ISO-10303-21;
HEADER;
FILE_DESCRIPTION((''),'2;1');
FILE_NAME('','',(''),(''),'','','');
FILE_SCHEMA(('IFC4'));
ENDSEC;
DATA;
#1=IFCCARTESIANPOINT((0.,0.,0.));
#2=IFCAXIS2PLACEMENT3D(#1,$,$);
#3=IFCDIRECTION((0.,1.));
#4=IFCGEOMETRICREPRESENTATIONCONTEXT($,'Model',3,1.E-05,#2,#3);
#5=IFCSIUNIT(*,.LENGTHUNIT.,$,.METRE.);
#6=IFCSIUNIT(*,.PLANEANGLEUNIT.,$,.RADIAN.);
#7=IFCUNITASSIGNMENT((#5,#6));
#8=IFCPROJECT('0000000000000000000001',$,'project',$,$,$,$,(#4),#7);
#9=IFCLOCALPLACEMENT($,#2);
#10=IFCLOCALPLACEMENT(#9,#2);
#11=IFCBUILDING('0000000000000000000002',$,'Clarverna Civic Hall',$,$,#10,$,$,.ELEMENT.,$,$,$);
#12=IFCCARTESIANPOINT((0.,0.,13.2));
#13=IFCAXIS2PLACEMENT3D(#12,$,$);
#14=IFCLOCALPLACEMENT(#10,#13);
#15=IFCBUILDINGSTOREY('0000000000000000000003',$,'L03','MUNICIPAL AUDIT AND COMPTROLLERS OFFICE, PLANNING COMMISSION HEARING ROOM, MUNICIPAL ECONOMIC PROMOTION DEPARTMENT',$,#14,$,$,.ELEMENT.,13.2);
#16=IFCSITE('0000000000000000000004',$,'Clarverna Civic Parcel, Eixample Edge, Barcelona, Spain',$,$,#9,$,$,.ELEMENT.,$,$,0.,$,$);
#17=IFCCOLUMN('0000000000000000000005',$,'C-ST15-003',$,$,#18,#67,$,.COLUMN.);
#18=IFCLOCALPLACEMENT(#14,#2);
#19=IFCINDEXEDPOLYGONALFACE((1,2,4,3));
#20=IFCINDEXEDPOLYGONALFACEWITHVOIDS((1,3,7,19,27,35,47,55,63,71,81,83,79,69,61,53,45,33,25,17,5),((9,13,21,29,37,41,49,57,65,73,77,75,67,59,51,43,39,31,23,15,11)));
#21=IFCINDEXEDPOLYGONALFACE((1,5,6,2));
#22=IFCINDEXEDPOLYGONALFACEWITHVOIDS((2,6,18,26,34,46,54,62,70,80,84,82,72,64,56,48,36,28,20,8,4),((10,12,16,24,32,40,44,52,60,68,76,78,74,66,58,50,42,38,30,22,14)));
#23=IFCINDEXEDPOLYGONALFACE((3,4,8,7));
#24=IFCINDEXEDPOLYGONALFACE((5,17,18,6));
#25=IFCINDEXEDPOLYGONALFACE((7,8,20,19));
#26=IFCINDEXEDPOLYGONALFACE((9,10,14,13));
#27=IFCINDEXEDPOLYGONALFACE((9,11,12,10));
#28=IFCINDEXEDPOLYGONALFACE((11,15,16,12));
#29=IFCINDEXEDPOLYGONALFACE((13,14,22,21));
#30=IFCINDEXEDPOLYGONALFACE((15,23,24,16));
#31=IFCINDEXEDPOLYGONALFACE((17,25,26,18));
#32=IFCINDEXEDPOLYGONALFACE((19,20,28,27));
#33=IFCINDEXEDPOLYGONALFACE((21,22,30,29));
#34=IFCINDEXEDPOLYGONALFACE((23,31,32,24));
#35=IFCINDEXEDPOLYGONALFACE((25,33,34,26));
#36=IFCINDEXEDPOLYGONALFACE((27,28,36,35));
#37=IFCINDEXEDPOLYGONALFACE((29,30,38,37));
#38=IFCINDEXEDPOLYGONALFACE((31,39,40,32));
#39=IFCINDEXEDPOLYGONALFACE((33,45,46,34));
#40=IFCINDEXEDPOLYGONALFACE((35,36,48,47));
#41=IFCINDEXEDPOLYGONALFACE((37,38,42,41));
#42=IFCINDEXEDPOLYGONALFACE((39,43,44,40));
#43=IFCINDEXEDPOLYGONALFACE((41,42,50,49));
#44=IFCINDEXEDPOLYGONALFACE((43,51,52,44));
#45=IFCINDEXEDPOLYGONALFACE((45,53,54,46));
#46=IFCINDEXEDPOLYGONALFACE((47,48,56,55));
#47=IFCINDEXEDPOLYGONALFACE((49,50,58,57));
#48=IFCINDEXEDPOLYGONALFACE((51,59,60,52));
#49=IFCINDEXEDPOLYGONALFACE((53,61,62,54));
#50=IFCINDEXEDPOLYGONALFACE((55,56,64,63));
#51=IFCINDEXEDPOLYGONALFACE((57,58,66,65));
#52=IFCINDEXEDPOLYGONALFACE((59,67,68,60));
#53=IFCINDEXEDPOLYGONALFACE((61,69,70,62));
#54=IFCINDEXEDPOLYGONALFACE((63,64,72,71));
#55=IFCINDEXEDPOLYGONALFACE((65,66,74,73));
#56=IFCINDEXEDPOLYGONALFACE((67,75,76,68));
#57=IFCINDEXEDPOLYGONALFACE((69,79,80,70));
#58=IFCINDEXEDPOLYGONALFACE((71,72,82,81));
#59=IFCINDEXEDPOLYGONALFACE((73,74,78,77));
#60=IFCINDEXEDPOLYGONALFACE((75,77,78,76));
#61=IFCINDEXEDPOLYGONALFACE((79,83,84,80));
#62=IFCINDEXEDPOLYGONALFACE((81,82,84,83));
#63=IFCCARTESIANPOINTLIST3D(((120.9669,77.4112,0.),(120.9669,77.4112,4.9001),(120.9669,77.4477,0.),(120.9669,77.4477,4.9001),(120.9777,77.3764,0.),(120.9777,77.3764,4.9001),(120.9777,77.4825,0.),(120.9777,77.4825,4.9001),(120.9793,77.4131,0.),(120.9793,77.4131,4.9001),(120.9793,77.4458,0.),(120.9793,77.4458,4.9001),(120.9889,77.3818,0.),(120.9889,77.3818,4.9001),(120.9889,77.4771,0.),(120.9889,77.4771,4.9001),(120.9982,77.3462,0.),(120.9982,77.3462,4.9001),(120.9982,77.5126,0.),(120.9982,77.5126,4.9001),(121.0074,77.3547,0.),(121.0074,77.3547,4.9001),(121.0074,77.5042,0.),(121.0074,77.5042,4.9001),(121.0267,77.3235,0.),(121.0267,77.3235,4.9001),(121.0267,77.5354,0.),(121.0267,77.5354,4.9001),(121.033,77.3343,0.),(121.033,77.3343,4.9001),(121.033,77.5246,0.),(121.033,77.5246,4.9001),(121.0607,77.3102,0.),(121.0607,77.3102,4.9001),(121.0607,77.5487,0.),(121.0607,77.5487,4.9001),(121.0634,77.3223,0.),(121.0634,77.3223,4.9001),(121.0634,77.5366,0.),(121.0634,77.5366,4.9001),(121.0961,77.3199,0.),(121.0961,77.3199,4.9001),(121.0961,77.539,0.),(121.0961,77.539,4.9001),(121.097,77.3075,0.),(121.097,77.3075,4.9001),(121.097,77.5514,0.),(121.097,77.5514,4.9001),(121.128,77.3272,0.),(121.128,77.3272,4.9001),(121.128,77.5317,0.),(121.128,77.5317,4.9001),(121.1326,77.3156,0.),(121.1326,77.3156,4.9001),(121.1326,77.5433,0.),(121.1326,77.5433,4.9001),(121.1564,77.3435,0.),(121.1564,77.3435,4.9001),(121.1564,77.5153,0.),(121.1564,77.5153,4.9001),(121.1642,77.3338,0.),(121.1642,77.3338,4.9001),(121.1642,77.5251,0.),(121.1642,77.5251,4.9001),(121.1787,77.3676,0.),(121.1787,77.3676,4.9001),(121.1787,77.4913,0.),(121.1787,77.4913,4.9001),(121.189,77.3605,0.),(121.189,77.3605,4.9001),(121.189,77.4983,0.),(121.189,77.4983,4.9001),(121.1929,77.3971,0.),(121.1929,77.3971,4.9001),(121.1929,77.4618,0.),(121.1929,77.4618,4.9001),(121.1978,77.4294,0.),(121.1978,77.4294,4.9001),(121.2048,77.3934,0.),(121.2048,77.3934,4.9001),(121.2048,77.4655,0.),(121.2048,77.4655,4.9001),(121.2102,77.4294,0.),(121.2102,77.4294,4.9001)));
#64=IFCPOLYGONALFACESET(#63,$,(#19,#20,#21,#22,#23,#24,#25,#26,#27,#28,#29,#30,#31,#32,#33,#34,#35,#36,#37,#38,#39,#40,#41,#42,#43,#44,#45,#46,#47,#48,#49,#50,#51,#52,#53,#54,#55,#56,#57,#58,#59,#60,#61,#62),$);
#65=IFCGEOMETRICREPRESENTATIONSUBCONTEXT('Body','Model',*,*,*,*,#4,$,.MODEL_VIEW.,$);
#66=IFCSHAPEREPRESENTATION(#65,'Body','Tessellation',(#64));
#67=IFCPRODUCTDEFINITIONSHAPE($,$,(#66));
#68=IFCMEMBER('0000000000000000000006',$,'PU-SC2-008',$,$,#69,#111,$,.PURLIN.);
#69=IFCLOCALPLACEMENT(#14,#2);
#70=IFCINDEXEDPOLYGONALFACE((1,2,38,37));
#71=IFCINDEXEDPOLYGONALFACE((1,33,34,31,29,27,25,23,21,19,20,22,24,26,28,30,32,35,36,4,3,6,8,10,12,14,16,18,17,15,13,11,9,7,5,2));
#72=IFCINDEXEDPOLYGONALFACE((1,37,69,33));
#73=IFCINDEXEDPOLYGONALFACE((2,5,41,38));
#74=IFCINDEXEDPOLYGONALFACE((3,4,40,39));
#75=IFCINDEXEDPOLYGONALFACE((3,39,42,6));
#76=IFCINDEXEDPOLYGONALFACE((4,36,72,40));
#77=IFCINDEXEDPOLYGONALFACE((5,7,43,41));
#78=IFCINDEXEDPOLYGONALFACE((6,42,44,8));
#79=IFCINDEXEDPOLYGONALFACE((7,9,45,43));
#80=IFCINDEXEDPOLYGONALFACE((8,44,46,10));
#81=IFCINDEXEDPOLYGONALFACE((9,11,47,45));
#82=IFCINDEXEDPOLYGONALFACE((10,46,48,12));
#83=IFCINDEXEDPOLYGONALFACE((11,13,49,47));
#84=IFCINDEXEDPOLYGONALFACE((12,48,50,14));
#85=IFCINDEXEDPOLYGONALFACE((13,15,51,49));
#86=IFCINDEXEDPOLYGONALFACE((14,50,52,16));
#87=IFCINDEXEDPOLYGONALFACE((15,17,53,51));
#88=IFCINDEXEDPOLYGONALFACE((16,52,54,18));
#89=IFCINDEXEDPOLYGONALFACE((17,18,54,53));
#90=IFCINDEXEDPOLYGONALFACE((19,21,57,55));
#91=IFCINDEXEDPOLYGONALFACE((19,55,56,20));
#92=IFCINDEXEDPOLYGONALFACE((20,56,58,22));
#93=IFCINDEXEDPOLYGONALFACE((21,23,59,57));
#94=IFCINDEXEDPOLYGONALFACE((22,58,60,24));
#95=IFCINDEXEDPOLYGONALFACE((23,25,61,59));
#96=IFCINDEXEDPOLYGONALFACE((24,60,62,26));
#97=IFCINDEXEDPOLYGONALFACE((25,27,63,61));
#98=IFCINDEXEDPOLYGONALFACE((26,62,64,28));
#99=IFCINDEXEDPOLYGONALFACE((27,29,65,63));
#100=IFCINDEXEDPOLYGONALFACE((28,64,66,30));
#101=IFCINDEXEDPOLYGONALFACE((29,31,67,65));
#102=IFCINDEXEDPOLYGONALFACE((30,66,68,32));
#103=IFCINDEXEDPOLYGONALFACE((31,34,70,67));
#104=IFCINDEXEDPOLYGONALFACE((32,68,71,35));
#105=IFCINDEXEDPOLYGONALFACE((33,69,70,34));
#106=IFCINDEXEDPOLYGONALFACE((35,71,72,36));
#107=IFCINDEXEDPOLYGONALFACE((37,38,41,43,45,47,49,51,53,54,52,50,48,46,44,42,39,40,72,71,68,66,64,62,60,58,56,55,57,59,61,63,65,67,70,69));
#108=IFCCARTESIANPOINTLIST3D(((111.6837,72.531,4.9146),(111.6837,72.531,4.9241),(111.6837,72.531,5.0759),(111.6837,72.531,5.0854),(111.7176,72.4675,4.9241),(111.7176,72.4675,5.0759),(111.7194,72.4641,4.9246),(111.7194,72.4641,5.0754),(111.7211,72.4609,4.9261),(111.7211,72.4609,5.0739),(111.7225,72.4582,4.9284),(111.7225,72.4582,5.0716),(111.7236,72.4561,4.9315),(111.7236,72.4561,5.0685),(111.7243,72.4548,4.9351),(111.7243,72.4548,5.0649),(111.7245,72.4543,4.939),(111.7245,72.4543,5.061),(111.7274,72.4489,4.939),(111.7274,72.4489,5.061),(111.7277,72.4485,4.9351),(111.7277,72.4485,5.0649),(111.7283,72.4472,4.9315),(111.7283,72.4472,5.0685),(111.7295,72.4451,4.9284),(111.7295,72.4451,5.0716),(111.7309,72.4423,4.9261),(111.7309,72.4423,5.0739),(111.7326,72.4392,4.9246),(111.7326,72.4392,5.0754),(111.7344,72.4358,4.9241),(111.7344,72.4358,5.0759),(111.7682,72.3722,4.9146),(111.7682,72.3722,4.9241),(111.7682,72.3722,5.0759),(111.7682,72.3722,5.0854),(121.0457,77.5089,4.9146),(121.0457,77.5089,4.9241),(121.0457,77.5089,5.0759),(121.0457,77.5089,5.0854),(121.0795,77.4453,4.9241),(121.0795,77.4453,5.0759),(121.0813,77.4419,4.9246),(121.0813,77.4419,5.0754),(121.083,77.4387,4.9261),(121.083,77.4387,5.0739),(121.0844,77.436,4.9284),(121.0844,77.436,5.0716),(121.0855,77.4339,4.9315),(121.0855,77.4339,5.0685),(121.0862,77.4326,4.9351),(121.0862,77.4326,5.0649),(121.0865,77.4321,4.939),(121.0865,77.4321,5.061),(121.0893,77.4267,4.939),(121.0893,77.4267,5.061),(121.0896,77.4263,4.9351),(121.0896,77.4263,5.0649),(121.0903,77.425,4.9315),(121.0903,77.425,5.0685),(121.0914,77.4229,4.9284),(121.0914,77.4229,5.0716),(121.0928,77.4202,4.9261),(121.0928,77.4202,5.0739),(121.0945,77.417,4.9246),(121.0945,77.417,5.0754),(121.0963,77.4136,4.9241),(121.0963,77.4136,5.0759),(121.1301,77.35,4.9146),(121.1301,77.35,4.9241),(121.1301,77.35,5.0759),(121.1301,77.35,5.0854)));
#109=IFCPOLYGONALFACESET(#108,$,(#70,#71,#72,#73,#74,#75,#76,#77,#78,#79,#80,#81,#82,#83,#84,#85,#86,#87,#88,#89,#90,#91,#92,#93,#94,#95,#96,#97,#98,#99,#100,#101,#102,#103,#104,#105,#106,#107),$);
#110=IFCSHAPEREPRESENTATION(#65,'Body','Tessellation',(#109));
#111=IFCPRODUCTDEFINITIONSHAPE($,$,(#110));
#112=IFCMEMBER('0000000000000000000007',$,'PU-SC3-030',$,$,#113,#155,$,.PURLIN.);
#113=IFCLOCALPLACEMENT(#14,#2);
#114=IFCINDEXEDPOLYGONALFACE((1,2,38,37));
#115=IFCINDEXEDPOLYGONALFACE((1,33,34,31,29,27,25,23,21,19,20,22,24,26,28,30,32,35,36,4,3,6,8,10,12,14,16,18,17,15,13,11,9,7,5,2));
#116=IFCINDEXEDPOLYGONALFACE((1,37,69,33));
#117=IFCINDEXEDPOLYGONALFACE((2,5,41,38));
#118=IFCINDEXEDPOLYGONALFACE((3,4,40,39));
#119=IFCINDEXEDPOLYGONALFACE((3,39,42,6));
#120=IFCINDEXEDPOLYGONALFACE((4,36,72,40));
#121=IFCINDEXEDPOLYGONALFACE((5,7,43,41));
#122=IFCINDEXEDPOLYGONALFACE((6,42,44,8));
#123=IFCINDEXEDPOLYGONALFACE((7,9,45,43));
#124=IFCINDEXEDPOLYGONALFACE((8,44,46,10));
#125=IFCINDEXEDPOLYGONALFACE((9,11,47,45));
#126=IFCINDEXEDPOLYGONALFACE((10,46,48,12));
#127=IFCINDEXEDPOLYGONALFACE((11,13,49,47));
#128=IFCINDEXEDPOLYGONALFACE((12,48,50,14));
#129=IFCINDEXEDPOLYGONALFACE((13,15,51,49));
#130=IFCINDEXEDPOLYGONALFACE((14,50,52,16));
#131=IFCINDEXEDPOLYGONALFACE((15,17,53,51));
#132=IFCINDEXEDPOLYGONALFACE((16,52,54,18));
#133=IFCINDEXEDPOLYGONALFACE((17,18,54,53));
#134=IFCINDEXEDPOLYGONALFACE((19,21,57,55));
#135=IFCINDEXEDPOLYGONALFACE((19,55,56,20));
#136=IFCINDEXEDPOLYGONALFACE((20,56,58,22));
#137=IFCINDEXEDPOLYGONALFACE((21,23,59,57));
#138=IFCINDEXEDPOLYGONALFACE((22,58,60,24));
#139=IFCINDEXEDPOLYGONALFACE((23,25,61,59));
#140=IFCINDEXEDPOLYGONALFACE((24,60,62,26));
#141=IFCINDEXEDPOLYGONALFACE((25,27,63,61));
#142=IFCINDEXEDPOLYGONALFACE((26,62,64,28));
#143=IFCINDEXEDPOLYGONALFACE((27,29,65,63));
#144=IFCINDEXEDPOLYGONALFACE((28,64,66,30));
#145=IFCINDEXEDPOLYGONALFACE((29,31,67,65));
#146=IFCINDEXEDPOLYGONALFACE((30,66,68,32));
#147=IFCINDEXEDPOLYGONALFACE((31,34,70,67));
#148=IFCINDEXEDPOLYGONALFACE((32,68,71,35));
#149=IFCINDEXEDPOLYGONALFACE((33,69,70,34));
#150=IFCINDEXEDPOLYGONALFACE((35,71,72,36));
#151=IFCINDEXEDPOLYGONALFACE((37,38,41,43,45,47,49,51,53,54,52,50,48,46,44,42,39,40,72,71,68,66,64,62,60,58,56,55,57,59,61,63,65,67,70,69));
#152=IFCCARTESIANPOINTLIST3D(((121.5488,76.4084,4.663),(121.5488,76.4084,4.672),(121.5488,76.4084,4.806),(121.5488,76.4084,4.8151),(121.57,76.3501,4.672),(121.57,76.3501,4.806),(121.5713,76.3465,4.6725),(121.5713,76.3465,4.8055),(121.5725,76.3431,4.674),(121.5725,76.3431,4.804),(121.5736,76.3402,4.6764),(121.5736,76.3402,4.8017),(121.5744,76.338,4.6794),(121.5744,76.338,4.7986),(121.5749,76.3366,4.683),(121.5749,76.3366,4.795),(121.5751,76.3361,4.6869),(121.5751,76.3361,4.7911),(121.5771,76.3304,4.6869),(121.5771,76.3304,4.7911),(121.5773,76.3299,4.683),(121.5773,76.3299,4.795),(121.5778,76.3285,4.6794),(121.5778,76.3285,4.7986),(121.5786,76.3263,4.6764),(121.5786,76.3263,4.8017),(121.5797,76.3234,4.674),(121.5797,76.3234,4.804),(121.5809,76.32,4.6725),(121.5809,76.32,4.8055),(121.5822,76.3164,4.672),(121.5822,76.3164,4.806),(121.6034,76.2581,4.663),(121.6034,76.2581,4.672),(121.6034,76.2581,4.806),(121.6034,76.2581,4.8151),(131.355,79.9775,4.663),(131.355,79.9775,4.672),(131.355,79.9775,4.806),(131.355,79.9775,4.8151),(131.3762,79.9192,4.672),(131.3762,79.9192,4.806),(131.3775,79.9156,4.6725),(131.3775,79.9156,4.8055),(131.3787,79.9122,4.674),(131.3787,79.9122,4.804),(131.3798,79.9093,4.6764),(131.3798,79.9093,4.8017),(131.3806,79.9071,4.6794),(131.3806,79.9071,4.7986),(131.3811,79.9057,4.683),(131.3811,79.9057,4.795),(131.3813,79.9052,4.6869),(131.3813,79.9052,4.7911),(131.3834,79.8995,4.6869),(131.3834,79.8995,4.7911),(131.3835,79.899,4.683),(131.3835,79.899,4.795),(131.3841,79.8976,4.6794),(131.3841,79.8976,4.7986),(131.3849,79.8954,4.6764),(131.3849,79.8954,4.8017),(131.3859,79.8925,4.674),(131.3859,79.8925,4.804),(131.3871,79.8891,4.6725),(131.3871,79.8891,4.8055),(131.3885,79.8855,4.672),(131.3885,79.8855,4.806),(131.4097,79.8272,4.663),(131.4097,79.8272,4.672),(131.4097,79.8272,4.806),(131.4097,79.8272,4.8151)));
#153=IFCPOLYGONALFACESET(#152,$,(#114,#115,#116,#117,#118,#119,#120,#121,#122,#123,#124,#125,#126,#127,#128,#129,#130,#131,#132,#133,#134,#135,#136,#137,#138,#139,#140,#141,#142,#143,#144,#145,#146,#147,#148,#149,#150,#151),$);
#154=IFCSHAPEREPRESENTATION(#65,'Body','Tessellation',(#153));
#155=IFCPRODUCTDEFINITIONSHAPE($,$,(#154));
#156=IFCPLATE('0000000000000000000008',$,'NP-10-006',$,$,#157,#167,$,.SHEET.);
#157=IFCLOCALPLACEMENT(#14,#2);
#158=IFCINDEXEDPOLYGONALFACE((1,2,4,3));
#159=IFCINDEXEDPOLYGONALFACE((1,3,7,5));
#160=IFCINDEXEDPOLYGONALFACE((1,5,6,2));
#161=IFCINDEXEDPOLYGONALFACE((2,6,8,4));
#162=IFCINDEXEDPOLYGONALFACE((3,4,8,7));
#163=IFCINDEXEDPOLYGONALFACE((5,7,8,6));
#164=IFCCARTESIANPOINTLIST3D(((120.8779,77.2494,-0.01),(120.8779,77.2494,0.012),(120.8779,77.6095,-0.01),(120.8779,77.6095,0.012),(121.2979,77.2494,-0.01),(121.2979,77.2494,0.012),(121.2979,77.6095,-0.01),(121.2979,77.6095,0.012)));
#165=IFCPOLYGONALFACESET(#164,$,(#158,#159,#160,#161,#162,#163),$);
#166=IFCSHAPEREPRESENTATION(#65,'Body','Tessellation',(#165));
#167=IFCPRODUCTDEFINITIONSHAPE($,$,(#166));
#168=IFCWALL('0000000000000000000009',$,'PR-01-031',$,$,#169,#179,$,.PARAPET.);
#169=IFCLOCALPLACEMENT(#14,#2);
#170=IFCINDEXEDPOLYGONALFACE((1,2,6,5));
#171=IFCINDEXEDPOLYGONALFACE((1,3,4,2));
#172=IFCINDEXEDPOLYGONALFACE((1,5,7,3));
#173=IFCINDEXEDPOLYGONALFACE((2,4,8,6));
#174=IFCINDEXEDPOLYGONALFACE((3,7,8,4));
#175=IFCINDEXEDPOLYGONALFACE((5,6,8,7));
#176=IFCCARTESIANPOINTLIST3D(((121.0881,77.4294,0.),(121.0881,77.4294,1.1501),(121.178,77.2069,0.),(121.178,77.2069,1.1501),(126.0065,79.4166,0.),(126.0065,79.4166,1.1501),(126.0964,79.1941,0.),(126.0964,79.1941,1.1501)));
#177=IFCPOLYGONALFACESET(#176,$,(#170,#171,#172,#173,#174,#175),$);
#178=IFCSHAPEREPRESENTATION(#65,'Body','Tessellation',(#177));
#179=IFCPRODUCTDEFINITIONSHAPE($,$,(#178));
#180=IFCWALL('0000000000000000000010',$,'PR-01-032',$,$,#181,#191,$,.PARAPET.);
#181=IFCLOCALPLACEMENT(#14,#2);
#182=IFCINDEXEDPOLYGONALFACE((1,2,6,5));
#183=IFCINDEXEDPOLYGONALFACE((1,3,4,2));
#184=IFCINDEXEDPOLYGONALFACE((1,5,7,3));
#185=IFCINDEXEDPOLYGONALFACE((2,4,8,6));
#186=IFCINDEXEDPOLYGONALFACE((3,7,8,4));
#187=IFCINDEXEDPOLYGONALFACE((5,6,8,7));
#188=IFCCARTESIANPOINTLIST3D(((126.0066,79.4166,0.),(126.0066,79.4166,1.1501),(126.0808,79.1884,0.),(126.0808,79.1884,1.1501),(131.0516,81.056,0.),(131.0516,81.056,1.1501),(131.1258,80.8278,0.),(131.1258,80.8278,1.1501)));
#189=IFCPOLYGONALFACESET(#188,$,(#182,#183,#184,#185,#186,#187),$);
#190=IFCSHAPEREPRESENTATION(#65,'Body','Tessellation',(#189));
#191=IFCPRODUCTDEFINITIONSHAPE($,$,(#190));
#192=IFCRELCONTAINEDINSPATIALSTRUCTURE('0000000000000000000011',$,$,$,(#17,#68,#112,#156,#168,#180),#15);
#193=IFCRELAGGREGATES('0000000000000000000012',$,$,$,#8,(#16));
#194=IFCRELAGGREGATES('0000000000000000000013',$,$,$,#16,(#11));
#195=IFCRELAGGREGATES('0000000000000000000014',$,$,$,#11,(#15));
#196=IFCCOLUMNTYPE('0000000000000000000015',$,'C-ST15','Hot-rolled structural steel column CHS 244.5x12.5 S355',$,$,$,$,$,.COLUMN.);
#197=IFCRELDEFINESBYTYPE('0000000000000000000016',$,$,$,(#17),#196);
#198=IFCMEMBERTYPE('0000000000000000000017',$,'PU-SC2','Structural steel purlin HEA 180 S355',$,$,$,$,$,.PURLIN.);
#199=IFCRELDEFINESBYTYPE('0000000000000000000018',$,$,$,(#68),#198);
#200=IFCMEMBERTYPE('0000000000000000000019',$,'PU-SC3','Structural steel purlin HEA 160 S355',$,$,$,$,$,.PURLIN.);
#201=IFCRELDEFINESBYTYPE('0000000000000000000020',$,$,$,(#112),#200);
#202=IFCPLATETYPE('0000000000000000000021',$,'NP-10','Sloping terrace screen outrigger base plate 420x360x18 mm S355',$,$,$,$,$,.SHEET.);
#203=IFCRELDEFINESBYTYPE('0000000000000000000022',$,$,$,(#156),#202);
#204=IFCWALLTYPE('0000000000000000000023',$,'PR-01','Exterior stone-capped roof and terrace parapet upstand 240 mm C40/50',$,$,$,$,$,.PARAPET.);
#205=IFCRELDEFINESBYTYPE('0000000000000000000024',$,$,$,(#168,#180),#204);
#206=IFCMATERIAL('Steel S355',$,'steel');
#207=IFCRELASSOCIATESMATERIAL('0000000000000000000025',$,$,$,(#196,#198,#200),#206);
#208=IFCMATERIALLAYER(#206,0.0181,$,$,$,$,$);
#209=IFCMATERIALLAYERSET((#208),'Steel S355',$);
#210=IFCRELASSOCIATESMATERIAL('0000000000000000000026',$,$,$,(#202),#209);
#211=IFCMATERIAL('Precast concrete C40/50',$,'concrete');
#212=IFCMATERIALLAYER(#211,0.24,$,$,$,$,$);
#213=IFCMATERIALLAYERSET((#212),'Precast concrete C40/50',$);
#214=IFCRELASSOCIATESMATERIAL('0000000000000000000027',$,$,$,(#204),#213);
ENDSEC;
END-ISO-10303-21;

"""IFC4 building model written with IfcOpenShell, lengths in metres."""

from ifc_helpers import new_model, si_unit, direction, frame, frame_2d, origin, origin_2d, place, context, subcontext, project, spatial, rectangle, hollow_circle, i_section, extrude, material, layer, layer_set, material_profile, profile_set, type_object, element, save


model = new_model("IFC4")

# Units and contexts
model_context = context("Model", 3, precision=1e-05, world=origin(), true_north=direction((0.0, 1.0)))
body_context = subcontext(model_context, "Body", "Model", "MODEL_VIEW")
ifc_project = project(units=[si_unit("LENGTHUNIT", "METRE"), si_unit("PLANEANGLEUNIT", "RADIAN")], contexts=[model_context])

# Site, building, storey
site_placement = place(None, origin())
site = spatial("IfcSite", under=ifc_project, at=site_placement, Name="Clarverna Civic Parcel, Eixample Edge, Barcelona, Spain", CompositionType="ELEMENT", RefElevation=0.0)
building_placement = place(site_placement, origin())
building = spatial("IfcBuilding", under=site, at=building_placement, Name="Clarverna Civic Hall", CompositionType="ELEMENT")
storey_placement = place(building_placement, frame((0.0, 0.0, 13.2)))
storey = spatial("IfcBuildingStorey", under=building, at=storey_placement, Name="L03", Description="MUNICIPAL AUDIT AND COMPTROLLERS OFFICE, PLANNING COMMISSION HEARING ROOM, MUNICIPAL ECONOMIC PROMOTION DEPARTMENT", CompositionType="ELEMENT", Elevation=13.2)

# Column
ifc_material_1 = material(Name="Steel S355", Category="steel")
ifc_material_profile_1 = material_profile(ifc_material_1, hollow_circle(Radius=0.1223, WallThickness=0.0125, at=origin_2d()), Name="CHS 244.5x12.5")
ifc_profile_set_1 = profile_set([ifc_material_profile_1], Name="Steel S355")
column_type = type_object("IfcColumnType", Name="C-ST15", Description="Hot-rolled structural steel column CHS 244.5x12.5 S355", PredefinedType="COLUMN", material=ifc_profile_set_1)
column_placement = place(storey_placement, frame((121.0879, 77.4294, 0.0), z_axis=(0.0, 0.0, 1.0), x_axis=(1.0, 0.0, 0.0)))
element("IfcColumn", 1, at=column_placement, inside=storey, type_object=column_type, Name="C-ST15-003", PredefinedType="COLUMN", context=body_context, shape_type="SweptSolid", body=[
    extrude(hollow_circle(Radius=0.1223, WallThickness=0.0125, at=origin_2d()), origin(), (0.0, 0.0, 1.0), 4.9001),
])

# Members
ifc_material_profile_2 = material_profile(ifc_material_1, i_section(OverallWidth=0.1799, OverallDepth=0.1709, WebThickness=0.0061, FlangeThickness=0.0095, FilletRadius=0.0149, at=origin_2d()), Name="HEA 180")
ifc_profile_set_2 = profile_set([ifc_material_profile_2], Name="Steel S355")
member_type_1 = type_object("IfcMemberType", Name="PU-SC2", Description="Structural steel purlin HEA 180 S355", PredefinedType="PURLIN", material=ifc_profile_set_2)
member_1_placement = place(storey_placement, frame((121.0879, 77.4294, 5.0), z_axis=(-0.882947, -0.469473, 0.0), x_axis=(0.469473, -0.882947, 0.0)))
element("IfcMember", 2, at=member_1_placement, inside=storey, type_object=member_type_1, Name="PU-SC2-008", PredefinedType="PURLIN", context=body_context, shape_type="SweptSolid", body=[
    extrude(i_section(OverallWidth=0.1799, OverallDepth=0.1709, WebThickness=0.0061, FlangeThickness=0.0095, FilletRadius=0.0149, at=origin_2d()), origin(), (0.0, 0.0, 1.0), 10.603),
])
ifc_material_profile_3 = material_profile(ifc_material_1, i_section(OverallWidth=0.1599, OverallDepth=0.1521, WebThickness=0.0061, FlangeThickness=0.009, FilletRadius=0.0149, at=origin_2d()), Name="HEA 160")
ifc_profile_set_3 = profile_set([ifc_material_profile_3], Name="Steel S355")
member_type_2 = type_object("IfcMemberType", Name="PU-SC3", Description="Structural steel purlin HEA 160 S355", PredefinedType="PURLIN", material=ifc_profile_set_3)
member_2_placement = place(storey_placement, frame((131.3823, 79.9023, 4.739), z_axis=(-0.939694, -0.342015, 0.0), x_axis=(0.342015, -0.939694, 0.0)))
element("IfcMember", 3, at=member_2_placement, inside=storey, type_object=member_type_2, Name="PU-SC3-030", PredefinedType="PURLIN", context=body_context, shape_type="SweptSolid", body=[
    extrude(i_section(OverallWidth=0.1599, OverallDepth=0.1521, WebThickness=0.0061, FlangeThickness=0.009, FilletRadius=0.0149, at=origin_2d()), origin(), (0.0, 0.0, 1.0), 10.4355),
])

# Plate
ifc_layer_1 = layer(ifc_material_1, 0.0181)
ifc_layer_set_1 = layer_set([ifc_layer_1], Name="Steel S355")
plate_type = type_object("IfcPlateType", Name="NP-10", Description="Sloping terrace screen outrigger base plate 420x360x18 mm S355", PredefinedType="SHEET", material=ifc_layer_set_1)
plate_placement = place(storey_placement, frame((121.0879, 77.4294, -0.01), z_axis=(0.0, 0.0, 1.0), x_axis=(1.0, 0.0, 0.0)))
element("IfcPlate", 4, at=plate_placement, inside=storey, type_object=plate_type, Name="NP-10-006", PredefinedType="SHEET", context=body_context, shape_type="SweptSolid", body=[
    extrude(rectangle(XDim=0.4199, YDim=0.3601, at=origin_2d()), origin(), (0.0, 0.0, 1.0), 0.022),
])

# Walls
ifc_material_2 = material(Name="Precast concrete C40/50", Category="concrete")
ifc_layer_2 = layer(ifc_material_2, 0.24)
ifc_layer_set_2 = layer_set([ifc_layer_2], Name="Precast concrete C40/50")
wall_type = type_object("IfcWallType", Name="PR-01", Description="Exterior stone-capped roof and terrace parapet upstand 240 mm C40/50", PredefinedType="PARAPET", material=ifc_layer_set_2)
for number, where, z_axis, x_axis, name in (
    (5, (121.1331, 77.3181, 0.0), (0.0, 0.0, 1.0), (0.927176, 0.374626, 0.0), "PR-01-031"),
    (6, (126.0437, 79.3025, 0.0), (0.0, 0.0, 1.0), (0.951045, 0.309053, 0.0), "PR-01-032"),
):
    element("IfcWall", number, at=place(storey_placement, frame(where, z_axis=z_axis, x_axis=x_axis)), inside=storey, type_object=wall_type, Name=name, PredefinedType="PARAPET", context=body_context, shape_type="SweptSolid", body=[
        extrude(rectangle(XDim=5.3047, YDim=0.24, at=frame_2d((2.6523, 0.0))), origin(), (0.0, 0.0, 1.0), 1.1501),
    ])

save(model, "model.ifc")
